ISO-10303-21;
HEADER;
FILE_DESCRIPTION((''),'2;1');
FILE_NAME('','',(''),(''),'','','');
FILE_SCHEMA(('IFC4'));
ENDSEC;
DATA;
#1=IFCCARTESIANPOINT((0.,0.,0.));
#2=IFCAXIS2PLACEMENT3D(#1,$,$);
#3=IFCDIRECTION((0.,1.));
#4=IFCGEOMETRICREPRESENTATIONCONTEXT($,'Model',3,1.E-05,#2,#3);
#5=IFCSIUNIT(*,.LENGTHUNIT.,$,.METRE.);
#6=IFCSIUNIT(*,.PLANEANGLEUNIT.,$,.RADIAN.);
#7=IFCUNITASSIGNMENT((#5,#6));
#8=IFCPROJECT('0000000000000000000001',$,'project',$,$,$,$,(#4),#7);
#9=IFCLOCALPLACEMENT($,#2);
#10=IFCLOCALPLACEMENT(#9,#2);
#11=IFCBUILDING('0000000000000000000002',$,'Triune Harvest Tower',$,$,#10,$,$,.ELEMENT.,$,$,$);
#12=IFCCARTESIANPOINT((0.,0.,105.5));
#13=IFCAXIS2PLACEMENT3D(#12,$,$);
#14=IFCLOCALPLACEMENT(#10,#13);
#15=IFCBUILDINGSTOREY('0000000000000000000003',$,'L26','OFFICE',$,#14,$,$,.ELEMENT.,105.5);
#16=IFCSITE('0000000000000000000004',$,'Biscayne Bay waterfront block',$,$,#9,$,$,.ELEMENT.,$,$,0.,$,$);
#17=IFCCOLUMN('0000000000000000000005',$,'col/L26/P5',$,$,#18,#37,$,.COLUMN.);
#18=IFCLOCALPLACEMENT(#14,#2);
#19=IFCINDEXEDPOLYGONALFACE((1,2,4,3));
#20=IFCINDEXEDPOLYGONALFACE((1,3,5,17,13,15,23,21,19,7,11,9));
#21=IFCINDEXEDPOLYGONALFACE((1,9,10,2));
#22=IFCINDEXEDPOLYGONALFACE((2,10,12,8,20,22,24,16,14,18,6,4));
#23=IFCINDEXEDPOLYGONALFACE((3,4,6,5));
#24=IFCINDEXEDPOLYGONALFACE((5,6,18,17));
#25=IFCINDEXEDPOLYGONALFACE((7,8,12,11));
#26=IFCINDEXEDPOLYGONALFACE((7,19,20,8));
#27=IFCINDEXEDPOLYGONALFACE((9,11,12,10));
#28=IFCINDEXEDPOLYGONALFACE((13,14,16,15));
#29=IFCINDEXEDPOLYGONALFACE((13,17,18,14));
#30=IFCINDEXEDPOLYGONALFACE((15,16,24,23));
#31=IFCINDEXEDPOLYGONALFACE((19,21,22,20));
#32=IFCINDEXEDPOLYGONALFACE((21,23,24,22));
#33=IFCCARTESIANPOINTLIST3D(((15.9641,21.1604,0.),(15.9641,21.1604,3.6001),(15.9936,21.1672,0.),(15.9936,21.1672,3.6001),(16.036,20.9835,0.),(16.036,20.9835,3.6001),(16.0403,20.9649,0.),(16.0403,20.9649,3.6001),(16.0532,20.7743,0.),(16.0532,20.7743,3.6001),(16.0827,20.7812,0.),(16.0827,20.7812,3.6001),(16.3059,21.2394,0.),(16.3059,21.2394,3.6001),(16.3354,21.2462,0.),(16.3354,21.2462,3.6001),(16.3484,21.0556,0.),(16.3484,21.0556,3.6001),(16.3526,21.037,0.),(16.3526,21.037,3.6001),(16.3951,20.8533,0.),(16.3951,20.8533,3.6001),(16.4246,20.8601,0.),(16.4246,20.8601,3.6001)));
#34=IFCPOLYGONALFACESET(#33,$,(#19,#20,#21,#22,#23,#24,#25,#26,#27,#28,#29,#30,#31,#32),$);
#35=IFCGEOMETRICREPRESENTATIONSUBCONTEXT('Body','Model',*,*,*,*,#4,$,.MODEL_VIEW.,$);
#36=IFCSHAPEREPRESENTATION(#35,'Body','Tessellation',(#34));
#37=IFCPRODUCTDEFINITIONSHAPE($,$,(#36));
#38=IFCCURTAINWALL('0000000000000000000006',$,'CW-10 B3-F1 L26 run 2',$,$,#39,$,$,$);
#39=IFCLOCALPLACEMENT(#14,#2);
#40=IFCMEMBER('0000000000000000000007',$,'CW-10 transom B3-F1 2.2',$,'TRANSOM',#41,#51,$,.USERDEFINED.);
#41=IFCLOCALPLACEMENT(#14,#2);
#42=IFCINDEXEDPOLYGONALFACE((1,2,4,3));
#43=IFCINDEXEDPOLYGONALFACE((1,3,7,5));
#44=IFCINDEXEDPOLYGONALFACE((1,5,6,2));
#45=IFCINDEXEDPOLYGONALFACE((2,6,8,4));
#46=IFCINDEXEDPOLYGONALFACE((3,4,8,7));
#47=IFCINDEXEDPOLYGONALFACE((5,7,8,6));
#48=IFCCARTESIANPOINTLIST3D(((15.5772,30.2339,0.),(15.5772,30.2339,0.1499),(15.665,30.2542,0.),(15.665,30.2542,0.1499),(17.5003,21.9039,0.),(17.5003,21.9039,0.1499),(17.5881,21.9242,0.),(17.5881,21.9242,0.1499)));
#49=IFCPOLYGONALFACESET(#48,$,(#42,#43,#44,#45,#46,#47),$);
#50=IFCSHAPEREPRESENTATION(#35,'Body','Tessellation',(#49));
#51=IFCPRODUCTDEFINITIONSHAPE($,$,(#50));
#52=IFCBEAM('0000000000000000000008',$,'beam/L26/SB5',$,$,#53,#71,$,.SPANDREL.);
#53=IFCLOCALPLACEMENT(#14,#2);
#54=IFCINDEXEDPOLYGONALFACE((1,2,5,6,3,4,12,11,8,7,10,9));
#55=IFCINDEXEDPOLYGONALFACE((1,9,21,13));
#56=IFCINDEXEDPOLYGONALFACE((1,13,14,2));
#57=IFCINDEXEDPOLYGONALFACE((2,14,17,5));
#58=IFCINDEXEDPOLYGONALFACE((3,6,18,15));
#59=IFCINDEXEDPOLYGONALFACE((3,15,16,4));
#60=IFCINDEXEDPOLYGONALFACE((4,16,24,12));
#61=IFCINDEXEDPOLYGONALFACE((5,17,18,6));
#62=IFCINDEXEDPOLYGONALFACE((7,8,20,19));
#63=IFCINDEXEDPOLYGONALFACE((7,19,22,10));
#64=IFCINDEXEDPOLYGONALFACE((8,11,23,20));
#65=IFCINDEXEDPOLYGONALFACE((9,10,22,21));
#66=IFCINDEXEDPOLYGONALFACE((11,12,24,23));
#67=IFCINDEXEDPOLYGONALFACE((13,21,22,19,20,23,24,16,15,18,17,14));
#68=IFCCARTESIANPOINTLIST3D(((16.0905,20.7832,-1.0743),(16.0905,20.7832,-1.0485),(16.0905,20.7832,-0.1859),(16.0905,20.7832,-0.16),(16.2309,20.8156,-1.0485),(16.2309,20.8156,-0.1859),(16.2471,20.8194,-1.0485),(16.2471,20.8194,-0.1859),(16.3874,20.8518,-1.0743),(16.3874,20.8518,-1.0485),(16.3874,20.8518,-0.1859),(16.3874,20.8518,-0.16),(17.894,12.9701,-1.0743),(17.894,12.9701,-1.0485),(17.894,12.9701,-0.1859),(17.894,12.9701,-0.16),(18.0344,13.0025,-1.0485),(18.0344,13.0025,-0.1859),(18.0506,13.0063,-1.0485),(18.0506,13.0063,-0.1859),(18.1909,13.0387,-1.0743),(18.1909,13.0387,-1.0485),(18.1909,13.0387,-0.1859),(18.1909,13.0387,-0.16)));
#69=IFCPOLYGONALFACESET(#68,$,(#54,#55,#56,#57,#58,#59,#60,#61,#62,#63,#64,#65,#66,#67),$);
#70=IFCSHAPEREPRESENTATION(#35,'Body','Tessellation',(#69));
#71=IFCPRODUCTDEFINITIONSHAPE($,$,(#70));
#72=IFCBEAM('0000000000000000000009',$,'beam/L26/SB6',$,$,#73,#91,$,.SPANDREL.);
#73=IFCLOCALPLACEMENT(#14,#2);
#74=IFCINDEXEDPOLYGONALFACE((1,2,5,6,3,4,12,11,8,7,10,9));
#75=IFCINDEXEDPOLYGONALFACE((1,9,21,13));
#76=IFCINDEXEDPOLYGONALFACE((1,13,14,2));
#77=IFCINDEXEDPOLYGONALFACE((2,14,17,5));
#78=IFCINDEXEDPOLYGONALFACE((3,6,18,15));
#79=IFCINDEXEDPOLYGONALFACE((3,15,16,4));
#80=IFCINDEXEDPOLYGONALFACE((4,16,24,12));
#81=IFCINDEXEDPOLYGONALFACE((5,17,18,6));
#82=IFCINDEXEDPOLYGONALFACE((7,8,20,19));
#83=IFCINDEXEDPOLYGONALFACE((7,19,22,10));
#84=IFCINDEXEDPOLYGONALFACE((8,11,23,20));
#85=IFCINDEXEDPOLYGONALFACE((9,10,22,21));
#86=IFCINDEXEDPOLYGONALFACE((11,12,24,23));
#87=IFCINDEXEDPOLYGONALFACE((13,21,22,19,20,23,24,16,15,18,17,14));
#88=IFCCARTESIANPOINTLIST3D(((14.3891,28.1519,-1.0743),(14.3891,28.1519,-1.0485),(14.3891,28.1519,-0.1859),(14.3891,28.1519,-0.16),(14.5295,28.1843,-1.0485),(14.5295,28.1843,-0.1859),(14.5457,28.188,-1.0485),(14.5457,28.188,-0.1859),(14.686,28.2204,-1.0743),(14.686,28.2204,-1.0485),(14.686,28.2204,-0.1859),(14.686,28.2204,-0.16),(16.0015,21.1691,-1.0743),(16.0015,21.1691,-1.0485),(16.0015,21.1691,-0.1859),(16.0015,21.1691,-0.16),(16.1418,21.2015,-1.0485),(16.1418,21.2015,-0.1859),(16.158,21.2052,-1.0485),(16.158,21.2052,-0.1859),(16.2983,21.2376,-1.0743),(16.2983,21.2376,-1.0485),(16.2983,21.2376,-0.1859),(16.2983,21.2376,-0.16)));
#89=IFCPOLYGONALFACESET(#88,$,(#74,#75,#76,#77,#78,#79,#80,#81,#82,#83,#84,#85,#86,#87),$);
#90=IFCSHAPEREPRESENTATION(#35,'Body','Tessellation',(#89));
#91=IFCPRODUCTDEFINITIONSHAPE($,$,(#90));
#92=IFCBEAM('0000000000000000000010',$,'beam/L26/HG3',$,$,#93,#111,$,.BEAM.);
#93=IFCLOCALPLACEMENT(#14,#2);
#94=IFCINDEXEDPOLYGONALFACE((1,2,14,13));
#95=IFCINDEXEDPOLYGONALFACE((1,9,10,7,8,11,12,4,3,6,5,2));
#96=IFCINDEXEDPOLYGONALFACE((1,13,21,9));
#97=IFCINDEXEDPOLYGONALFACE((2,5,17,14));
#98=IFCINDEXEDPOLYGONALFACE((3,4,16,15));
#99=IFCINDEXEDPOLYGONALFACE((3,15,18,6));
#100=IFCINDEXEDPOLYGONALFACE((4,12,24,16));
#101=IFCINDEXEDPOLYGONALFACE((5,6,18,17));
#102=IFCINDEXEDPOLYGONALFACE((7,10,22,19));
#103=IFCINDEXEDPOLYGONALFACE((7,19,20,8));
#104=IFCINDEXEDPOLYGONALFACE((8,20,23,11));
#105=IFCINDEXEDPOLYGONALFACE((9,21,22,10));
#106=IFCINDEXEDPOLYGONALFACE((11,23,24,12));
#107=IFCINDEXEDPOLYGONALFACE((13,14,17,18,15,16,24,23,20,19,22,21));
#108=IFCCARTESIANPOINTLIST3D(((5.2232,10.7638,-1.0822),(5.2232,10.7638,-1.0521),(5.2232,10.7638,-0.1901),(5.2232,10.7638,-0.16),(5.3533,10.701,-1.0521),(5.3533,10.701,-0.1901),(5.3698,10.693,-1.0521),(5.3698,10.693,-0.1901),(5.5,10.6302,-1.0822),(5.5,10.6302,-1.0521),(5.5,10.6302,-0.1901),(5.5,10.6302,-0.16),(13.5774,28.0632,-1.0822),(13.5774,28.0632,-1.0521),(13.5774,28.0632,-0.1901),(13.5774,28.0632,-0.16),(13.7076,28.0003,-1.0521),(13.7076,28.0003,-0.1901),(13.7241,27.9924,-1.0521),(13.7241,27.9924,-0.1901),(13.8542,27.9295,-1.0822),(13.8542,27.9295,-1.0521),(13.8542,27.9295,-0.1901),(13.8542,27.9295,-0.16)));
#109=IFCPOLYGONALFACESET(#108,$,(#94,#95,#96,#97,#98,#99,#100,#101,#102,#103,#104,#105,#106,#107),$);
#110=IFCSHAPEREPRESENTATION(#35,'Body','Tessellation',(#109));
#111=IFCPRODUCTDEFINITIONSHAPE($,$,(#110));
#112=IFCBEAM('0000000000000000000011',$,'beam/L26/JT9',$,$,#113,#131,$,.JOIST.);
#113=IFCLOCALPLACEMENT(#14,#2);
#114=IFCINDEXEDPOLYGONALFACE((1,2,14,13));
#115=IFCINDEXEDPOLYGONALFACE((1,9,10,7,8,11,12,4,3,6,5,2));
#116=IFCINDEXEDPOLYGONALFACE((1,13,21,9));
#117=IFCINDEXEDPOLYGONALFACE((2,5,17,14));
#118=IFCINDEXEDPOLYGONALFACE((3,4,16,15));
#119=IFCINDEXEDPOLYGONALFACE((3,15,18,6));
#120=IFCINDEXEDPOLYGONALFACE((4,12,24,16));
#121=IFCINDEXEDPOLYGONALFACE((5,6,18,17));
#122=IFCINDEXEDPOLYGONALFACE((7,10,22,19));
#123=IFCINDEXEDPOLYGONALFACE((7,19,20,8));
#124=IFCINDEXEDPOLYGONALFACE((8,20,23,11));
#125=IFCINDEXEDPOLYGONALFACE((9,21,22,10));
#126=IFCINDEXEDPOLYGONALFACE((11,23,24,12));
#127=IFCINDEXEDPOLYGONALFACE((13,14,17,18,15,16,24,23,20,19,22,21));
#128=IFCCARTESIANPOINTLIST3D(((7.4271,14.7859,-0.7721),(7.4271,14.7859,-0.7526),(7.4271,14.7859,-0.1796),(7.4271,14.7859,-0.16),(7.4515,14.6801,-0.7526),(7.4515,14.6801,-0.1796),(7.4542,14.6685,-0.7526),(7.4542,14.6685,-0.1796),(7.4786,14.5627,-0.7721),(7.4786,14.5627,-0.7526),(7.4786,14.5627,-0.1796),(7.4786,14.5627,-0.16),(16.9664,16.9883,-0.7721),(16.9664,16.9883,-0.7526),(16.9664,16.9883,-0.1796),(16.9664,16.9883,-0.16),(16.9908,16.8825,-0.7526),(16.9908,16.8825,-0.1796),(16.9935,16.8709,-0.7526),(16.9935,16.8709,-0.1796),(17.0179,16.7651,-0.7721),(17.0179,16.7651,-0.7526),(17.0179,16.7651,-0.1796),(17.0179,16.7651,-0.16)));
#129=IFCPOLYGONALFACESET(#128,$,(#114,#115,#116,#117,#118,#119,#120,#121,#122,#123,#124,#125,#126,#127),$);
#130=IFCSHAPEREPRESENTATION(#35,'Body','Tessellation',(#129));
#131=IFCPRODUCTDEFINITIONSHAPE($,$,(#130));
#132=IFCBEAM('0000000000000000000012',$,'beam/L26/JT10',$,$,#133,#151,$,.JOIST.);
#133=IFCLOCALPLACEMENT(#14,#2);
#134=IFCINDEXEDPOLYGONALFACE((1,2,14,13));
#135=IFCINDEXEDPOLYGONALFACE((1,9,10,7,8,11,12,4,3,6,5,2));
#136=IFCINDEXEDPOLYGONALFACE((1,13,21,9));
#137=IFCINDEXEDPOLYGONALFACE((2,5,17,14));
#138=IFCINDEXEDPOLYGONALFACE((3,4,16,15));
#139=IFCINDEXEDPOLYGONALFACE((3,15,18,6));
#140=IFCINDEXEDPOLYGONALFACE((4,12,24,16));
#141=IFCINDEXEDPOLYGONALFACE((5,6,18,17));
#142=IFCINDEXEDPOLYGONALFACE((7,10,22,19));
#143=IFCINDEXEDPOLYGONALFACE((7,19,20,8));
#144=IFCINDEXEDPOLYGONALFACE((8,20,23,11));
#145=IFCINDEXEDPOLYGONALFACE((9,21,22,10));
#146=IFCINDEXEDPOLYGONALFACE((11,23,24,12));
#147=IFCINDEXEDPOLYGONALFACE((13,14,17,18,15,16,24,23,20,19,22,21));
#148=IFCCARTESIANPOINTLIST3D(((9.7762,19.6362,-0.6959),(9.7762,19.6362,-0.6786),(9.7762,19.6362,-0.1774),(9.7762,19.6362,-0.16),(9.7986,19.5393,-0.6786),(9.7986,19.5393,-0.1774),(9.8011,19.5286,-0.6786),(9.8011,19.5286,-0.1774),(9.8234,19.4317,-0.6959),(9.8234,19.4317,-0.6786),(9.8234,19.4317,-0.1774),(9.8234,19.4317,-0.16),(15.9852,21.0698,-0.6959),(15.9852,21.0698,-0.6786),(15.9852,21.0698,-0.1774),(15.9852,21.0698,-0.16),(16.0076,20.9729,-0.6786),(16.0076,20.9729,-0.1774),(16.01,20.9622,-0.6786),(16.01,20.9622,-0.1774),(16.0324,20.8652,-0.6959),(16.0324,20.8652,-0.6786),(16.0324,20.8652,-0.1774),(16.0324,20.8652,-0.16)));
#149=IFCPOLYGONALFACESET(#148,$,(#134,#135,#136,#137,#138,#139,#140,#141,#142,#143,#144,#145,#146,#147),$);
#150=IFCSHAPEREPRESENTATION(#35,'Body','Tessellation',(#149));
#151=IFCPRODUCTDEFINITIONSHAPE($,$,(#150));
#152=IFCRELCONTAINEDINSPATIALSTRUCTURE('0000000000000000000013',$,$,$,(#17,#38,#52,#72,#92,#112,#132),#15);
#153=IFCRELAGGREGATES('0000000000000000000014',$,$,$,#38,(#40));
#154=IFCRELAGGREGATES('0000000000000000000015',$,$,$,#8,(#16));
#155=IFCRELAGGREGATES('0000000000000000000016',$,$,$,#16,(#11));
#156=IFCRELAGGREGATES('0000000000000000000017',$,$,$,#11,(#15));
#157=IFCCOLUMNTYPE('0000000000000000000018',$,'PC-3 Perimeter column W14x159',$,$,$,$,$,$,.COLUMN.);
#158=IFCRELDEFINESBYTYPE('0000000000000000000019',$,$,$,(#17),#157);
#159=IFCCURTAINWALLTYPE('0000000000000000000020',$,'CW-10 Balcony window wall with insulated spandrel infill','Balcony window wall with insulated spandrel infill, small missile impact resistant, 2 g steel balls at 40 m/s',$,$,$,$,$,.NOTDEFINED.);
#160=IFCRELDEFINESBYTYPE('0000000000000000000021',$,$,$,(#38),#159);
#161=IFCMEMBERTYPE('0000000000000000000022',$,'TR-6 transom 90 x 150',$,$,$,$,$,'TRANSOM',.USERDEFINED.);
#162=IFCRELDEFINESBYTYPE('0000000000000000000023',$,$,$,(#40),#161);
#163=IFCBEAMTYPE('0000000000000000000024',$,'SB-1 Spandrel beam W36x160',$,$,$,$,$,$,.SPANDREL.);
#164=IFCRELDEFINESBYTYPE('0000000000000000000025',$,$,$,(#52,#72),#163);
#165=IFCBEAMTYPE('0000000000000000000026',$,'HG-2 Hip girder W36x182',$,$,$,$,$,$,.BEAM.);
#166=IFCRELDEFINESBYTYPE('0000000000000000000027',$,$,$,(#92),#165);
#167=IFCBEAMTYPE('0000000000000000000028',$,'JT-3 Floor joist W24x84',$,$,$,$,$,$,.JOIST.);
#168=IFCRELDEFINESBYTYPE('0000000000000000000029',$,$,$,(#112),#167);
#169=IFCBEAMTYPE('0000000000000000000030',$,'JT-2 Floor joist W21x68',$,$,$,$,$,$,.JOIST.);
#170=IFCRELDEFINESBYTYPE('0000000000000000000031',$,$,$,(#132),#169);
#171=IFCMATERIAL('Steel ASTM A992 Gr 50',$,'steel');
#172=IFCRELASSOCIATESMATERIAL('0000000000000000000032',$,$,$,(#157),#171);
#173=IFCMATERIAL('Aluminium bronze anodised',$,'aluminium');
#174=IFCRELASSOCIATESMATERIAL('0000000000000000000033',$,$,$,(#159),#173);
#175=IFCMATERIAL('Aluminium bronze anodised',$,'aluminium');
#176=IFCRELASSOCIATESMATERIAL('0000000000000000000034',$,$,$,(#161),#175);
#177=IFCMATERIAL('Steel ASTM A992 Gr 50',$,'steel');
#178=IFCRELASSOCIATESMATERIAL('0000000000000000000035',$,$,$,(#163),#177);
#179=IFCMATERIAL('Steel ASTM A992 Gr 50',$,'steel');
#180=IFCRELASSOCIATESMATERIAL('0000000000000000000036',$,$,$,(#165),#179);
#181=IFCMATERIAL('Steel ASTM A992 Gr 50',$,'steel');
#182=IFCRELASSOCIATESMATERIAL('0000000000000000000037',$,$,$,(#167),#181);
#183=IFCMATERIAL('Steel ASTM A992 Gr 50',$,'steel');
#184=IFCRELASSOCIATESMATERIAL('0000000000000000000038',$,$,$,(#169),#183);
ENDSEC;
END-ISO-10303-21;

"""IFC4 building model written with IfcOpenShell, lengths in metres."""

from ifc_helpers import new_model, si_unit, direction, frame, origin, origin_2d, place, context, subcontext, project, spatial, rectangle, i_section, extrude, source, transform, mapped, material, material_profile, profile_set, type_object, element, aggregate, save


model = new_model("IFC4")

# Units and contexts
model_context = context("Model", 3, precision=1e-05, world=origin(), true_north=direction((0.0, 1.0)))
body_context = subcontext(model_context, "Body", "Model", "MODEL_VIEW")
ifc_project = project(units=[si_unit("LENGTHUNIT", "METRE"), si_unit("PLANEANGLEUNIT", "RADIAN")], contexts=[model_context])

# Site, building, storey
site_placement = place(None, origin())
site = spatial("IfcSite", under=ifc_project, at=site_placement, Name="Biscayne Bay waterfront block", CompositionType="ELEMENT", RefElevation=0.0)
building_placement = place(site_placement, origin())
building = spatial("IfcBuilding", under=site, at=building_placement, Name="Triune Harvest Tower", CompositionType="ELEMENT")
storey_placement = place(building_placement, frame((0.0, 0.0, 105.5)))
storey = spatial("IfcBuildingStorey", under=building, at=storey_placement, Name="L26", Description="OFFICE", CompositionType="ELEMENT", Elevation=105.5)

# Column
ifc_material_1 = material(Name="Steel ASTM A992 Gr 50", Category="steel")
ifc_material_profile_1 = material_profile(ifc_material_1, i_section(OverallWidth=0.3962, OverallDepth=0.3811, WebThickness=0.019, FlangeThickness=0.0303, at=origin_2d()), Name="W14x159")
ifc_profile_set_1 = profile_set([ifc_material_profile_1], Name="Steel ASTM A992 Gr 50")
column_type = type_object("IfcColumnType", Name="PC-3 Perimeter column W14x159", PredefinedType="COLUMN", material=ifc_profile_set_1)
shared_shape_1 = source(origin(), body_context, "Body", "SweptSolid", [
    extrude(i_section(OverallWidth=0.3962, OverallDepth=0.3811, WebThickness=0.019, FlangeThickness=0.0303, at=origin_2d()), origin(), (0.0, 0.0, 1.0), 3.6001),
])
column_placement = place(storey_placement, frame((16.1943, 21.0103, 0.0), z_axis=(0.0, 0.0, 1.0), x_axis=(-0.224953, 0.97437, 0.0)))
element("IfcColumn", 1, at=column_placement, inside=storey, type_object=column_type, Name="col/L26/P5", PredefinedType="COLUMN", context=body_context, shape_type="MappedRepresentation", body=[
    mapped(shared_shape_1, transform((0.0, 0.0, 0.0), scale=1.0)),
])

# Curtain wall, member
ifc_material_2 = material(Name="Aluminium bronze anodised", Category="aluminium")
curtain_wall_type = type_object("IfcCurtainWallType", Name="CW-10 Balcony window wall with insulated spandrel infill", Description="Balcony window wall with insulated spandrel infill, small missile impact resistant, 2 g steel balls at 40 m/s", PredefinedType="NOTDEFINED", material=ifc_material_2)
curtain_wall_placement = place(storey_placement, origin())
curtain_wall = element("IfcCurtainWall", 2, at=curtain_wall_placement, inside=storey, type_object=curtain_wall_type, Name="CW-10 B3-F1 L26 run 2")
ifc_material_3 = material(Name="Aluminium bronze anodised", Category="aluminium")
ifc_material_profile_2 = material_profile(ifc_material_3, rectangle(XDim=0.0901, YDim=0.1499, at=origin_2d()), Name="TR-6 transom 90 x 150")
ifc_profile_set_2 = profile_set([ifc_material_profile_2], Name="Aluminium bronze anodised")
member_type_1 = type_object("IfcMemberType", Name="TR-6 transom 90 x 150", ElementType="TRANSOM", PredefinedType="USERDEFINED", material=ifc_profile_set_2)
member_1_placement = place(storey_placement, frame((17.5442, 21.9141, 0.075), z_axis=(-0.224945, 0.974371, 0.0), x_axis=(-0.974371, -0.224945, 0.0)))
member_1 = element("IfcMember", 3, at=member_1_placement, type_object=member_type_1, Name="CW-10 transom B3-F1 2.2", ObjectType="TRANSOM", PredefinedType="USERDEFINED", context=body_context, shape_type="SweptSolid", body=[
    extrude(rectangle(XDim=0.0901, YDim=0.1499, at=origin_2d()), origin(), (0.0, 0.0, 1.0), 8.5491),
])

# Beams
ifc_material_4 = material(Name="Steel ASTM A992 Gr 50", Category="steel")
ifc_material_profile_3 = material_profile(ifc_material_4, i_section(OverallWidth=0.3047, OverallDepth=0.9143, WebThickness=0.0166, FlangeThickness=0.0259, at=origin_2d()), Name="W36x160")
ifc_profile_set_3 = profile_set([ifc_material_profile_3], Name="Steel ASTM A992 Gr 50")
beam_type_1 = type_object("IfcBeamType", Name="SB-1 Spandrel beam W36x160", PredefinedType="SPANDREL", material=ifc_profile_set_3)
shared_shape_2 = source(origin(), body_context, "Body", "SweptSolid", [
    extrude(i_section(OverallWidth=0.3047, OverallDepth=0.9143, WebThickness=0.0166, FlangeThickness=0.0259, at=origin_2d()), origin(), (0.0, 0.0, 1.0), 8.0186),
])
beam_1_placement = place(storey_placement, frame((18.0425, 13.0044, -0.6172), z_axis=(-0.224915, 0.974378, 0.0), x_axis=(-0.974378, -0.224915, 0.0)))
element("IfcBeam", 4, at=beam_1_placement, inside=storey, type_object=beam_type_1, Name="beam/L26/SB5", PredefinedType="SPANDREL", context=body_context, shape_type="MappedRepresentation", body=[
    mapped(shared_shape_2, transform((0.0, 0.0, 0.0), scale=1.0)),
])
shared_shape_3 = source(origin(), body_context, "Body", "SweptSolid", [
    extrude(i_section(OverallWidth=0.3047, OverallDepth=0.9143, WebThickness=0.0166, FlangeThickness=0.0259, at=origin_2d()), origin(), (0.0, 0.0, 1.0), 7.1665),
])
beam_2_placement = place(storey_placement, frame((16.1499, 21.2034, -0.6172), z_axis=(-0.224981, 0.974363, 0.0), x_axis=(-0.974363, -0.224981, 0.0)))
element("IfcBeam", 5, at=beam_2_placement, inside=storey, type_object=beam_type_1, Name="beam/L26/SB6", PredefinedType="SPANDREL", context=body_context, shape_type="MappedRepresentation", body=[
    mapped(shared_shape_3, transform((0.0, 0.0, 0.0), scale=1.0)),
])
ifc_material_5 = material(Name="Steel ASTM A992 Gr 50", Category="steel")
ifc_material_profile_4 = material_profile(ifc_material_5, i_section(OverallWidth=0.3074, OverallDepth=0.9221, WebThickness=0.0183, FlangeThickness=0.03, at=origin_2d()), Name="W36x182")
ifc_profile_set_4 = profile_set([ifc_material_profile_4], Name="Steel ASTM A992 Gr 50")
beam_type_2 = type_object("IfcBeamType", Name="HG-2 Hip girder W36x182", PredefinedType="BEAM", material=ifc_profile_set_4)
shared_shape_4 = source(origin(), body_context, "Body", "SweptSolid", [
    extrude(i_section(OverallWidth=0.3074, OverallDepth=0.9221, WebThickness=0.0183, FlangeThickness=0.03, at=origin_2d()), origin(), (0.0, 0.0, 1.0), 19.2109),
])
beam_3_placement = place(storey_placement, frame((13.7158, 27.9963, -0.6211), z_axis=(-0.43487, -0.900493, 0.0), x_axis=(0.900493, -0.43487, 0.0)))
element("IfcBeam", 6, at=beam_3_placement, inside=storey, type_object=beam_type_2, Name="beam/L26/HG3", PredefinedType="BEAM", context=body_context, shape_type="MappedRepresentation", body=[
    mapped(shared_shape_4, transform((0.0, 0.0, 0.0), scale=1.0)),
])
ifc_material_6 = material(Name="Steel ASTM A992 Gr 50", Category="steel")
ifc_material_profile_5 = material_profile(ifc_material_6, i_section(OverallWidth=0.229, OverallDepth=0.6121, WebThickness=0.012, FlangeThickness=0.0195, at=origin_2d()), Name="W24x84")
ifc_profile_set_5 = profile_set([ifc_material_profile_5], Name="Steel ASTM A992 Gr 50")
beam_type_3 = type_object("IfcBeamType", Name="JT-3 Floor joist W24x84", PredefinedType="JOIST", material=ifc_profile_set_5)
shared_shape_5 = source(origin(), body_context, "Body", "SweptSolid", [
    extrude(i_section(OverallWidth=0.229, OverallDepth=0.6121, WebThickness=0.012, FlangeThickness=0.0195, at=origin_2d()), origin(), (0.0, 0.0, 1.0), 9.7903),
])
beam_4_placement = place(storey_placement, frame((16.9922, 16.8767, -0.4661), z_axis=(-0.974368, -0.224958, 0.0), x_axis=(0.224958, -0.974368, 0.0)))
element("IfcBeam", 7, at=beam_4_placement, inside=storey, type_object=beam_type_3, Name="beam/L26/JT9", PredefinedType="JOIST", context=body_context, shape_type="MappedRepresentation", body=[
    mapped(shared_shape_5, transform((0.0, 0.0, 0.0), scale=1.0)),
])
ifc_material_7 = material(Name="Steel ASTM A992 Gr 50", Category="steel")
ifc_material_profile_6 = material_profile(ifc_material_7, i_section(OverallWidth=0.21, OverallDepth=0.5359, WebThickness=0.011, FlangeThickness=0.0173, at=origin_2d()), Name="W21x68")
ifc_profile_set_6 = profile_set([ifc_material_profile_6], Name="Steel ASTM A992 Gr 50")
beam_type_4 = type_object("IfcBeamType", Name="JT-2 Floor joist W21x68", PredefinedType="JOIST", material=ifc_profile_set_6)
shared_shape_6 = source(origin(), body_context, "Body", "SweptSolid", [
    extrude(i_section(OverallWidth=0.21, OverallDepth=0.5359, WebThickness=0.011, FlangeThickness=0.0173, at=origin_2d()), origin(), (0.0, 0.0, 1.0), 6.3723),
])
beam_5_placement = place(storey_placement, frame((16.0088, 20.9675, -0.428), z_axis=(-0.974365, -0.224971, 0.0), x_axis=(0.224971, -0.974365, 0.0)))
element("IfcBeam", 8, at=beam_5_placement, inside=storey, type_object=beam_type_4, Name="beam/L26/JT10", PredefinedType="JOIST", context=body_context, shape_type="MappedRepresentation", body=[
    mapped(shared_shape_6, transform((0.0, 0.0, 0.0), scale=1.0)),
])

aggregate(curtain_wall, [member_1])

save(model, "model.ifc")
